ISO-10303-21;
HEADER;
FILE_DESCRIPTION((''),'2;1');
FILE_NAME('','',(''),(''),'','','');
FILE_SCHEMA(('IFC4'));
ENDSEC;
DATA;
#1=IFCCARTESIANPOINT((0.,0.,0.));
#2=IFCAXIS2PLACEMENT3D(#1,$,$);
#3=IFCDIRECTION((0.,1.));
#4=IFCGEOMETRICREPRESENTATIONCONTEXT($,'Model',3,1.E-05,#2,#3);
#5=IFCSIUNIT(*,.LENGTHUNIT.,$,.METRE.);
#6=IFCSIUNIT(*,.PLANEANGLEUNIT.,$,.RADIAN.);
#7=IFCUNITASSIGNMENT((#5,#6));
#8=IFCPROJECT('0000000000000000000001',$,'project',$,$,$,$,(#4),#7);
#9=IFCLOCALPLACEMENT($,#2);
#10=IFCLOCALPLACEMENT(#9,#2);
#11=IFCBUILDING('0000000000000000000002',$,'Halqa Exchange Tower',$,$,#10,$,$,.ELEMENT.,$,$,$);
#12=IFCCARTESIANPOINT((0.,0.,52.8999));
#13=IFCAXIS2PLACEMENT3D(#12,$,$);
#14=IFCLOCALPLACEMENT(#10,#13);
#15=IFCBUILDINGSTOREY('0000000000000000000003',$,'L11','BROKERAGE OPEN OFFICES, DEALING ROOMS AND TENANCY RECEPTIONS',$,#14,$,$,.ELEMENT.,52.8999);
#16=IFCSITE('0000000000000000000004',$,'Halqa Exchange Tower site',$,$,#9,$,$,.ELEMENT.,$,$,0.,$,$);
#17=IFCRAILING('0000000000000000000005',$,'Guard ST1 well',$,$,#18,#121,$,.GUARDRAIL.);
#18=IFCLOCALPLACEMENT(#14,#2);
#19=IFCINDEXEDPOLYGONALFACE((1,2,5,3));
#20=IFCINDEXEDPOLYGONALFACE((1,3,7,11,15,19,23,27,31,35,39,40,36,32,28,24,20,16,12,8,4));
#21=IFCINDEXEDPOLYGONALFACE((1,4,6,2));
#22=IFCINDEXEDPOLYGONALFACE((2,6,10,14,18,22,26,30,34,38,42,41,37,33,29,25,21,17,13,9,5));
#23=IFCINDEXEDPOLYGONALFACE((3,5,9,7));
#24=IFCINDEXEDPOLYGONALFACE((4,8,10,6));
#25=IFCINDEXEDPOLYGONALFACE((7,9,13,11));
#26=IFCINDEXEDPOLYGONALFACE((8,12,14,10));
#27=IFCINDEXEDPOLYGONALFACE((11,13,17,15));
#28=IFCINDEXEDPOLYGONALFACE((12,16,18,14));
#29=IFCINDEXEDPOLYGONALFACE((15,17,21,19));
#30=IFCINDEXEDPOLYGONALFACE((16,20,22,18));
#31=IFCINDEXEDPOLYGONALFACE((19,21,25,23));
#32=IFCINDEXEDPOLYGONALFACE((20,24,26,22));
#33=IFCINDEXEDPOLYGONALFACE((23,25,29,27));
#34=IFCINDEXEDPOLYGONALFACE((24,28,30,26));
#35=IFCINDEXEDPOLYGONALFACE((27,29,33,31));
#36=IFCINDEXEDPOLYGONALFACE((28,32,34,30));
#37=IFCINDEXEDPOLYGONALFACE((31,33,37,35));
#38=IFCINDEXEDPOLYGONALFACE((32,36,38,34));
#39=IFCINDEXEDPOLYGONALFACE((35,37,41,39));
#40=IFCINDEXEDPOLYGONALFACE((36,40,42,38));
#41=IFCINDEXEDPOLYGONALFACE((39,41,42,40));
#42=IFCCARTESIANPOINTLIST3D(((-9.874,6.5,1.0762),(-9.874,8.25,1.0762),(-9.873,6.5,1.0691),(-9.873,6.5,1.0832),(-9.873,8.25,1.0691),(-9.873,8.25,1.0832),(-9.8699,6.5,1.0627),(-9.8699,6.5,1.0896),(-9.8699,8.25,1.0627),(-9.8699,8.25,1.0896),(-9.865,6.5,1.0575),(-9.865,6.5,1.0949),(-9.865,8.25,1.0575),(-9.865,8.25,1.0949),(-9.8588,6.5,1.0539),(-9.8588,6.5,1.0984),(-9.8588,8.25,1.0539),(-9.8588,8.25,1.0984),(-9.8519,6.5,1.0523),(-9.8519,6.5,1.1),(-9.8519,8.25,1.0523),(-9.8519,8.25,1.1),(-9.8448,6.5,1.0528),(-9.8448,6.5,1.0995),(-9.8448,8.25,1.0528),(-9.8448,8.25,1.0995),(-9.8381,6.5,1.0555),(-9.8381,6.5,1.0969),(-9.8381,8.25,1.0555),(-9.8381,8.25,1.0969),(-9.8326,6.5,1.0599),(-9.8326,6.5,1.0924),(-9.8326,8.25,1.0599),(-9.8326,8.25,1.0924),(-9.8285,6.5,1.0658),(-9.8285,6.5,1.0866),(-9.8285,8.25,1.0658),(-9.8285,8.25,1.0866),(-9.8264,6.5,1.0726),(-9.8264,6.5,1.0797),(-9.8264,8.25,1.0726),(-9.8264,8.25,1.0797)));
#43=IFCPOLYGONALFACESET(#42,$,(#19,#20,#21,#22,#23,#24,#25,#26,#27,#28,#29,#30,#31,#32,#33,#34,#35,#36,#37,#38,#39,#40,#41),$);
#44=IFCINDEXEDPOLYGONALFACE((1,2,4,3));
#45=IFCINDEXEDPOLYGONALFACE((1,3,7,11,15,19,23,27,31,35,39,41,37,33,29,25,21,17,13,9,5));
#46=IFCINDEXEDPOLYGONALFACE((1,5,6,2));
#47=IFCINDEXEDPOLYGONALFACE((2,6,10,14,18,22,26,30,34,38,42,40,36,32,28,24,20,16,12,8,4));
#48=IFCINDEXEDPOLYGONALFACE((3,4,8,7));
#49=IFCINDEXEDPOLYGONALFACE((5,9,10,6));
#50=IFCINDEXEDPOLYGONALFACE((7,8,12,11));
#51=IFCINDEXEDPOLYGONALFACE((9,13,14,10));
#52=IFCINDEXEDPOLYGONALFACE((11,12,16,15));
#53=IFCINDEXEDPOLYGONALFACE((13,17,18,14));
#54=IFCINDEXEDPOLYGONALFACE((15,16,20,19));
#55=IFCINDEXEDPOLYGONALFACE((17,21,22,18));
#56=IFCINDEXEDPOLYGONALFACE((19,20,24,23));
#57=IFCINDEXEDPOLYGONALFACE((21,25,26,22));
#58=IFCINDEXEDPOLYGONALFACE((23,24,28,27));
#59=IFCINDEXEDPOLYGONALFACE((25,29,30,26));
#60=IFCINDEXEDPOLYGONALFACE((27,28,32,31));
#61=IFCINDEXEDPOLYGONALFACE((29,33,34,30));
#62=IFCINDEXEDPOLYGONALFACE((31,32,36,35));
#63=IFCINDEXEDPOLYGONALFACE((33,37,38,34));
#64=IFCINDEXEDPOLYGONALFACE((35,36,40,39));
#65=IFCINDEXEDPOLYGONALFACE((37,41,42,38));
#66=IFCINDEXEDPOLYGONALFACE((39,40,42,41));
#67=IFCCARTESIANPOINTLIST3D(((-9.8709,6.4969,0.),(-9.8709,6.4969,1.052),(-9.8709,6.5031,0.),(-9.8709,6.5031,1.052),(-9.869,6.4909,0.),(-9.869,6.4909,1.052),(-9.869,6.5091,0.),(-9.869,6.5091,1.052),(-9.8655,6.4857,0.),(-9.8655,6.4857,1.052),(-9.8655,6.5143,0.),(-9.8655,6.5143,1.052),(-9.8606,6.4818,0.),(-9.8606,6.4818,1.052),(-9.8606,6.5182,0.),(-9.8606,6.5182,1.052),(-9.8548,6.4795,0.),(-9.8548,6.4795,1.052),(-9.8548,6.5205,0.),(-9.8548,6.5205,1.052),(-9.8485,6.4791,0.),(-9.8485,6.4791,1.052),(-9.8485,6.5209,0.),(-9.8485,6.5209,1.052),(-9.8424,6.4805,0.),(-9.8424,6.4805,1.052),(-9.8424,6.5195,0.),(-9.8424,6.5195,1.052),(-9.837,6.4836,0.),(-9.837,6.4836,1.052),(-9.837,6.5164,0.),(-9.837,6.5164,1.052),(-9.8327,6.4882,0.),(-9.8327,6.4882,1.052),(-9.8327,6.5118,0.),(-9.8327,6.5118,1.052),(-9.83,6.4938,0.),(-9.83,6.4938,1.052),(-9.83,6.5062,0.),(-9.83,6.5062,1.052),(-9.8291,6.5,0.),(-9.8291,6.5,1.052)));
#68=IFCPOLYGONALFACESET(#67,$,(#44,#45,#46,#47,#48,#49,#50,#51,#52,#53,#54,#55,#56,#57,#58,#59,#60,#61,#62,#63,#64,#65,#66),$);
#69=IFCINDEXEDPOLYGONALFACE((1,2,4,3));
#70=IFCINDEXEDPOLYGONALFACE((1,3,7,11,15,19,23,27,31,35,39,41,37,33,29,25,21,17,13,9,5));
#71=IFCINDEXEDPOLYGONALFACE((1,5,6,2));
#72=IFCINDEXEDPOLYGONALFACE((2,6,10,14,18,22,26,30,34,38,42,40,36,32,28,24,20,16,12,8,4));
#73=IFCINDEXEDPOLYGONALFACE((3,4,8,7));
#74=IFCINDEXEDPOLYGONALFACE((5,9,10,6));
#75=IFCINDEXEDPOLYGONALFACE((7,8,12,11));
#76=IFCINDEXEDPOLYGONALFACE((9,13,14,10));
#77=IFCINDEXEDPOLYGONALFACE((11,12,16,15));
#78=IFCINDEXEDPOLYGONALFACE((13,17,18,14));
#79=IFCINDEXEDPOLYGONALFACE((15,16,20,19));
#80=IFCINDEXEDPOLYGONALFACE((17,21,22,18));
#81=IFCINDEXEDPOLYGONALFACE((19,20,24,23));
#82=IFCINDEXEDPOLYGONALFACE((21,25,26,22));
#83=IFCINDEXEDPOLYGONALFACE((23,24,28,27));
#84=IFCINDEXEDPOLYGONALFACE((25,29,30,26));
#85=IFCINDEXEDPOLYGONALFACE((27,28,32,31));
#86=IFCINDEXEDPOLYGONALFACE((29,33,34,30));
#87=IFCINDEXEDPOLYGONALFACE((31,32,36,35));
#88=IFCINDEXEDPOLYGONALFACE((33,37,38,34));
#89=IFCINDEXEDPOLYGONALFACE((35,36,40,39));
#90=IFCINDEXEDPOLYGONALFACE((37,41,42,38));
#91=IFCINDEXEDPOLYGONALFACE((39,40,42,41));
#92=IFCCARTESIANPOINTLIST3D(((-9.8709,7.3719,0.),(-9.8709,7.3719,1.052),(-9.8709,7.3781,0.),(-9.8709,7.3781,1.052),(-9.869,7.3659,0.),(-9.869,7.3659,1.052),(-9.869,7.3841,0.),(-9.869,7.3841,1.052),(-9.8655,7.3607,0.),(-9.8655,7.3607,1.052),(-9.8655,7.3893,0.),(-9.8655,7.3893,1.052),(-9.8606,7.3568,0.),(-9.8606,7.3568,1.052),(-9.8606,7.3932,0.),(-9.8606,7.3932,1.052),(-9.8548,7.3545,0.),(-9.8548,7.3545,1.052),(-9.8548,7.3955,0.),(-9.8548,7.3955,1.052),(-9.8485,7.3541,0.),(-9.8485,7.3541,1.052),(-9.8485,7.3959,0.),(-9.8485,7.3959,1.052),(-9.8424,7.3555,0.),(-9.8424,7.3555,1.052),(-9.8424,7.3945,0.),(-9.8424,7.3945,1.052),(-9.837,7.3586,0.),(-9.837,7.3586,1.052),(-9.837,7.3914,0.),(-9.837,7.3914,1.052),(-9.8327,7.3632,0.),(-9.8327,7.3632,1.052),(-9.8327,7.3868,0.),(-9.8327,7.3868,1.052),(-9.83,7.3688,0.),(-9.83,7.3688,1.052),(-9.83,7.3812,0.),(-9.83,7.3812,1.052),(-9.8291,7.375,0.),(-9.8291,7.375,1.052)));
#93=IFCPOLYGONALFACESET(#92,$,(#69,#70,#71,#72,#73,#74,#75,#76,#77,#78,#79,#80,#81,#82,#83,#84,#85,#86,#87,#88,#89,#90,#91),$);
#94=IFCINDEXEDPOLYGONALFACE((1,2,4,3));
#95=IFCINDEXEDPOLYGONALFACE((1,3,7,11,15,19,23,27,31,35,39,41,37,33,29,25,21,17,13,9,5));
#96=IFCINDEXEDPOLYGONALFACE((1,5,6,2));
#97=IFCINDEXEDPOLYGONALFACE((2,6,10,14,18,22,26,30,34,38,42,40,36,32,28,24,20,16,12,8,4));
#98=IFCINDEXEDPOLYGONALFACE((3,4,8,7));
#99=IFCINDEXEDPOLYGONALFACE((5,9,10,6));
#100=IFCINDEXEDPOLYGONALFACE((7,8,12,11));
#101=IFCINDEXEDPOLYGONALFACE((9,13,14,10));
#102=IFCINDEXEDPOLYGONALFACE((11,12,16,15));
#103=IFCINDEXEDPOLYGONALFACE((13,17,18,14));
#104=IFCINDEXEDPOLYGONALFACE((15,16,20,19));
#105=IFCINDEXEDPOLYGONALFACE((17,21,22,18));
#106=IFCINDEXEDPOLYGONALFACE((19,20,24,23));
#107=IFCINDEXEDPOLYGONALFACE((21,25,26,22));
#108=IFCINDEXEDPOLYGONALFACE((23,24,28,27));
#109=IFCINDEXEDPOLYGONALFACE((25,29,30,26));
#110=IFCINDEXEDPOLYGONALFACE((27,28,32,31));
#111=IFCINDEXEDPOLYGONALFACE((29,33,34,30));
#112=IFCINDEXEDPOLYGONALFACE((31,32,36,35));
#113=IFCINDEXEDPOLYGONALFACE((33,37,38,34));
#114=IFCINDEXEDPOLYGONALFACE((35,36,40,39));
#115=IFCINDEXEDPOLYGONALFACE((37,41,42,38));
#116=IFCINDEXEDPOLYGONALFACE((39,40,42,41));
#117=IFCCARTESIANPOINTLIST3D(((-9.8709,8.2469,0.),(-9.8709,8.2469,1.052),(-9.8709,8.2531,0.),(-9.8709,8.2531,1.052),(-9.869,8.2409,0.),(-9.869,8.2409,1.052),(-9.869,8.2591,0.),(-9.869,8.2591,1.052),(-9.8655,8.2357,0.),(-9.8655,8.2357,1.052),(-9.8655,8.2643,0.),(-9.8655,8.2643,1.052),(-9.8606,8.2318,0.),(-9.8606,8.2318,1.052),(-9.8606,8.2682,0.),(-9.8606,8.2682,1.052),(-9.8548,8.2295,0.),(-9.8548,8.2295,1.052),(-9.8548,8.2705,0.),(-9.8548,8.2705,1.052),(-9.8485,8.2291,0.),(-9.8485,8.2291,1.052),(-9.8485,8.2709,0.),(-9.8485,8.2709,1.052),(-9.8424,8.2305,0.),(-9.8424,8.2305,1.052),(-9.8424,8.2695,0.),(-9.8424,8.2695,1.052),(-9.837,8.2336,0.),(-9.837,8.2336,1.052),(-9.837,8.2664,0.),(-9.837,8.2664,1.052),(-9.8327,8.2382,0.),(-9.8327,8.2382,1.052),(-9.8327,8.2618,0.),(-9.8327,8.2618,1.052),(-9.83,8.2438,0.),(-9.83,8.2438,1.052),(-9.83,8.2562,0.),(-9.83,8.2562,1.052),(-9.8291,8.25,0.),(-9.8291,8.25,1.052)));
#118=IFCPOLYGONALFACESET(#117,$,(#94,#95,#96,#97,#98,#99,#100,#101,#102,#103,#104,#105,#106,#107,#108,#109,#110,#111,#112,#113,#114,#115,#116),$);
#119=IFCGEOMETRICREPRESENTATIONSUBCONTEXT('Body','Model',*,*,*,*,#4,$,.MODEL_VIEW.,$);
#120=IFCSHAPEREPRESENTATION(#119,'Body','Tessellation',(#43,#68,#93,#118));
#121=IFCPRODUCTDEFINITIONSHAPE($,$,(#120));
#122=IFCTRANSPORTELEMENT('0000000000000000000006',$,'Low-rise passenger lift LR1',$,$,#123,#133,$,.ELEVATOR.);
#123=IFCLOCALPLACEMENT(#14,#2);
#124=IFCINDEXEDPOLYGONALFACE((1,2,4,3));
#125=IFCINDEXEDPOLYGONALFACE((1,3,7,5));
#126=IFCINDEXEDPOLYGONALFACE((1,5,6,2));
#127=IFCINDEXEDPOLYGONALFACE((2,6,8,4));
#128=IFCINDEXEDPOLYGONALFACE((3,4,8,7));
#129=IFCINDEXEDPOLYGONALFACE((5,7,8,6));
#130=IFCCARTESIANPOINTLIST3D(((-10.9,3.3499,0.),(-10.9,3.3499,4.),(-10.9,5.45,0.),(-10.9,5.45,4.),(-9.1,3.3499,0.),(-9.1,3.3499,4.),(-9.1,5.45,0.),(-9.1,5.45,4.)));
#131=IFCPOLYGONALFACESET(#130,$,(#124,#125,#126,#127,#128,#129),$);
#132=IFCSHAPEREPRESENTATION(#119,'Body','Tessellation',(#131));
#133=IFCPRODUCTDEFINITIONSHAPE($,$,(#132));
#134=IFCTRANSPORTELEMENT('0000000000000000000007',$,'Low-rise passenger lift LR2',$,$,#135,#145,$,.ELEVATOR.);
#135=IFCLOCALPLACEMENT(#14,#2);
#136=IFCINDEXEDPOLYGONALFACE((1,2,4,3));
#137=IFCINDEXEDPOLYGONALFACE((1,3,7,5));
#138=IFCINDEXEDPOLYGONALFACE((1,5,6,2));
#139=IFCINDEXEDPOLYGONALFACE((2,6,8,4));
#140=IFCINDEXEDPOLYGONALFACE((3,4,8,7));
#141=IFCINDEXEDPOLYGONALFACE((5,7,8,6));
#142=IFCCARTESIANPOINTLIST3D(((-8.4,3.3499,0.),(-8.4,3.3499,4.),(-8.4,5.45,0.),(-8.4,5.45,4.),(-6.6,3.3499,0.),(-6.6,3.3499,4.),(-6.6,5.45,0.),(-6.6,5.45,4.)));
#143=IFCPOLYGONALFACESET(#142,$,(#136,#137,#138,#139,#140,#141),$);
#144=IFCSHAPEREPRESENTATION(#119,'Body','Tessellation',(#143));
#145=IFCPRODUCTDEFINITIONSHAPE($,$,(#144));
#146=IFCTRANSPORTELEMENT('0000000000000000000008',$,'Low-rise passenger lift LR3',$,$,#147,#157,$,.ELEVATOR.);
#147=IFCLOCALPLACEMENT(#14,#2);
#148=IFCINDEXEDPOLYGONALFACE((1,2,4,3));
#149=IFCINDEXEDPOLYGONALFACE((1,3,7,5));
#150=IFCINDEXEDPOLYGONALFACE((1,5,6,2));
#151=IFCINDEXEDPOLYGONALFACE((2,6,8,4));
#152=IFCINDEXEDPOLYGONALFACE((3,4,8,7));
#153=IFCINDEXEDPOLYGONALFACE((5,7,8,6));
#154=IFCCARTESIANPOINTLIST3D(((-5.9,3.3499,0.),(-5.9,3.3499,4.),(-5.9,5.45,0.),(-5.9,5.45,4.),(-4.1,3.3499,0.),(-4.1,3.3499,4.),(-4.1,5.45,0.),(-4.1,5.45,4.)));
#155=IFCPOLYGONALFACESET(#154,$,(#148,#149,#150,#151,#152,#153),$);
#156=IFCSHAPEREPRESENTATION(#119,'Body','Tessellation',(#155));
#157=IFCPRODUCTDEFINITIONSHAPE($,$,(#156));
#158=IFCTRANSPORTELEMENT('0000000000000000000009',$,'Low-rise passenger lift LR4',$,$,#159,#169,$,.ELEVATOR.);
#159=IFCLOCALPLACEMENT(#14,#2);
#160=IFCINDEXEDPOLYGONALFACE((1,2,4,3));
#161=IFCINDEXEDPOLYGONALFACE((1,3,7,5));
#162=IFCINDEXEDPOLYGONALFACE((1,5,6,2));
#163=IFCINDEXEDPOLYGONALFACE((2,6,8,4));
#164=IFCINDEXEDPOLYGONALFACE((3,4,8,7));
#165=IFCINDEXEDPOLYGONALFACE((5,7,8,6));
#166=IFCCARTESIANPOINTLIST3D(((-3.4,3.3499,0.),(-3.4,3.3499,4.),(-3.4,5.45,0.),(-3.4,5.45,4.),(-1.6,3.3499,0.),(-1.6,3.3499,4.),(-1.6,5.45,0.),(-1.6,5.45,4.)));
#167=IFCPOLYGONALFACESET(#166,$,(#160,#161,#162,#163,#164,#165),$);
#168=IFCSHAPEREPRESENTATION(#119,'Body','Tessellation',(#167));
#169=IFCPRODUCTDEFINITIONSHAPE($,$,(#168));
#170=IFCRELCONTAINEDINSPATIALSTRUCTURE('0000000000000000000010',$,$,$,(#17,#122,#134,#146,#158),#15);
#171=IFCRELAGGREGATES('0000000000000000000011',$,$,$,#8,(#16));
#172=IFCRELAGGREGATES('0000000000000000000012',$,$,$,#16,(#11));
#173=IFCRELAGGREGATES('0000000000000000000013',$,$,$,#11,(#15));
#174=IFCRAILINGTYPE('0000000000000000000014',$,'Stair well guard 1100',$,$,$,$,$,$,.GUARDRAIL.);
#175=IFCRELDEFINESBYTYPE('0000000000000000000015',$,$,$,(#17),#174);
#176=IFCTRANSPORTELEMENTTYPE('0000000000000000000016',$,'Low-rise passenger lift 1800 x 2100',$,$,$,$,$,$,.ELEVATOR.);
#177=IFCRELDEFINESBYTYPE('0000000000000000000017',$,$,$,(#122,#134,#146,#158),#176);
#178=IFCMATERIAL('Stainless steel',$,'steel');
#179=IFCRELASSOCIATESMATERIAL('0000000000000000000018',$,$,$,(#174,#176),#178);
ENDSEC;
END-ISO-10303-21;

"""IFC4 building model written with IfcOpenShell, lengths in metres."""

from ifc_helpers import new_model, si_unit, direction, frame, origin, origin_2d, place, context, subcontext, project, spatial, rectangle, circle, extrude, material, type_object, element, save


model = new_model("IFC4")

# Units and contexts
model_context = context("Model", 3, precision=1e-05, world=origin(), true_north=direction((0.0, 1.0)))
body_context = subcontext(model_context, "Body", "Model", "MODEL_VIEW")
ifc_project = project(units=[si_unit("LENGTHUNIT", "METRE"), si_unit("PLANEANGLEUNIT", "RADIAN")], contexts=[model_context])

# Site, building, storey
site_placement = place(None, origin())
site = spatial("IfcSite", under=ifc_project, at=site_placement, Name="Halqa Exchange Tower site", CompositionType="ELEMENT", RefElevation=0.0)
building_placement = place(site_placement, origin())
building = spatial("IfcBuilding", under=site, at=building_placement, Name="Halqa Exchange Tower", CompositionType="ELEMENT")
storey_placement = place(building_placement, frame((0.0, 0.0, 52.8999)))
storey = spatial("IfcBuildingStorey", under=building, at=storey_placement, Name="L11", Description="BROKERAGE OPEN OFFICES, DEALING ROOMS AND TENANCY RECEPTIONS", CompositionType="ELEMENT", Elevation=52.8999)

# Shared definitions
ifc_material_1 = material(Name="Stainless steel", Category="steel")

# Railing
railing_type_1 = type_object("IfcRailingType", Name="Stair well guard 1100", PredefinedType="GUARDRAIL", material=ifc_material_1)
railing_1_placement = place(storey_placement, frame((-9.8501, 6.5, 0.0)))
element("IfcRailing", 1, at=railing_1_placement, inside=storey, type_object=railing_type_1, Name="Guard ST1 well", PredefinedType="GUARDRAIL", context=body_context, shape_type="SweptSolid", body=[
    extrude(circle(Radius=0.0239, at=origin_2d()), frame((0.0, 0.0, 1.0762), z_axis=(0.0, 1.0, 0.0), x_axis=(-1.0, 0.0, 0.0)), (0.0, 0.0, 1.0), 1.75),
    extrude(circle(Radius=0.021, at=origin_2d()), origin(), (0.0, 0.0, 1.0), 1.052),
    extrude(circle(Radius=0.021, at=origin_2d()), frame((0.0, 0.875, 0.0)), (0.0, 0.0, 1.0), 1.052),
    extrude(circle(Radius=0.021, at=origin_2d()), frame((0.0, 1.75, 0.0)), (0.0, 0.0, 1.0), 1.052),
])

# Transport elements
transport_element_type = type_object("IfcTransportElementType", Name="Low-rise passenger lift 1800 x 2100", PredefinedType="ELEVATOR", material=ifc_material_1)
for number, where, z_axis, x_axis, name in (
    (2, (-10.0, 4.3999, 0.0), (0.0, 0.0, 1.0), (1.0, 0.0, 0.0), "Low-rise passenger lift LR1"),
    (3, (-7.5, 4.3999, 0.0), (0.0, 0.0, 1.0), (1.0, 0.0, 0.0), "Low-rise passenger lift LR2"),
    (4, (-5.0, 4.3999, 0.0), (0.0, 0.0, 1.0), (1.0, 0.0, 0.0), "Low-rise passenger lift LR3"),
    (5, (-2.5, 4.3999, 0.0), (0.0, 0.0, 1.0), (1.0, 0.0, 0.0), "Low-rise passenger lift LR4"),
):
    element("IfcTransportElement", number, at=place(storey_placement, frame(where, z_axis=z_axis, x_axis=x_axis)), inside=storey, type_object=transport_element_type, Name=name, PredefinedType="ELEVATOR", context=body_context, shape_type="SweptSolid", body=[
        extrude(rectangle(XDim=1.8, YDim=2.1001, at=origin_2d()), origin(), (0.0, 0.0, 1.0), 4.0),
    ])

save(model, "model.ifc")
